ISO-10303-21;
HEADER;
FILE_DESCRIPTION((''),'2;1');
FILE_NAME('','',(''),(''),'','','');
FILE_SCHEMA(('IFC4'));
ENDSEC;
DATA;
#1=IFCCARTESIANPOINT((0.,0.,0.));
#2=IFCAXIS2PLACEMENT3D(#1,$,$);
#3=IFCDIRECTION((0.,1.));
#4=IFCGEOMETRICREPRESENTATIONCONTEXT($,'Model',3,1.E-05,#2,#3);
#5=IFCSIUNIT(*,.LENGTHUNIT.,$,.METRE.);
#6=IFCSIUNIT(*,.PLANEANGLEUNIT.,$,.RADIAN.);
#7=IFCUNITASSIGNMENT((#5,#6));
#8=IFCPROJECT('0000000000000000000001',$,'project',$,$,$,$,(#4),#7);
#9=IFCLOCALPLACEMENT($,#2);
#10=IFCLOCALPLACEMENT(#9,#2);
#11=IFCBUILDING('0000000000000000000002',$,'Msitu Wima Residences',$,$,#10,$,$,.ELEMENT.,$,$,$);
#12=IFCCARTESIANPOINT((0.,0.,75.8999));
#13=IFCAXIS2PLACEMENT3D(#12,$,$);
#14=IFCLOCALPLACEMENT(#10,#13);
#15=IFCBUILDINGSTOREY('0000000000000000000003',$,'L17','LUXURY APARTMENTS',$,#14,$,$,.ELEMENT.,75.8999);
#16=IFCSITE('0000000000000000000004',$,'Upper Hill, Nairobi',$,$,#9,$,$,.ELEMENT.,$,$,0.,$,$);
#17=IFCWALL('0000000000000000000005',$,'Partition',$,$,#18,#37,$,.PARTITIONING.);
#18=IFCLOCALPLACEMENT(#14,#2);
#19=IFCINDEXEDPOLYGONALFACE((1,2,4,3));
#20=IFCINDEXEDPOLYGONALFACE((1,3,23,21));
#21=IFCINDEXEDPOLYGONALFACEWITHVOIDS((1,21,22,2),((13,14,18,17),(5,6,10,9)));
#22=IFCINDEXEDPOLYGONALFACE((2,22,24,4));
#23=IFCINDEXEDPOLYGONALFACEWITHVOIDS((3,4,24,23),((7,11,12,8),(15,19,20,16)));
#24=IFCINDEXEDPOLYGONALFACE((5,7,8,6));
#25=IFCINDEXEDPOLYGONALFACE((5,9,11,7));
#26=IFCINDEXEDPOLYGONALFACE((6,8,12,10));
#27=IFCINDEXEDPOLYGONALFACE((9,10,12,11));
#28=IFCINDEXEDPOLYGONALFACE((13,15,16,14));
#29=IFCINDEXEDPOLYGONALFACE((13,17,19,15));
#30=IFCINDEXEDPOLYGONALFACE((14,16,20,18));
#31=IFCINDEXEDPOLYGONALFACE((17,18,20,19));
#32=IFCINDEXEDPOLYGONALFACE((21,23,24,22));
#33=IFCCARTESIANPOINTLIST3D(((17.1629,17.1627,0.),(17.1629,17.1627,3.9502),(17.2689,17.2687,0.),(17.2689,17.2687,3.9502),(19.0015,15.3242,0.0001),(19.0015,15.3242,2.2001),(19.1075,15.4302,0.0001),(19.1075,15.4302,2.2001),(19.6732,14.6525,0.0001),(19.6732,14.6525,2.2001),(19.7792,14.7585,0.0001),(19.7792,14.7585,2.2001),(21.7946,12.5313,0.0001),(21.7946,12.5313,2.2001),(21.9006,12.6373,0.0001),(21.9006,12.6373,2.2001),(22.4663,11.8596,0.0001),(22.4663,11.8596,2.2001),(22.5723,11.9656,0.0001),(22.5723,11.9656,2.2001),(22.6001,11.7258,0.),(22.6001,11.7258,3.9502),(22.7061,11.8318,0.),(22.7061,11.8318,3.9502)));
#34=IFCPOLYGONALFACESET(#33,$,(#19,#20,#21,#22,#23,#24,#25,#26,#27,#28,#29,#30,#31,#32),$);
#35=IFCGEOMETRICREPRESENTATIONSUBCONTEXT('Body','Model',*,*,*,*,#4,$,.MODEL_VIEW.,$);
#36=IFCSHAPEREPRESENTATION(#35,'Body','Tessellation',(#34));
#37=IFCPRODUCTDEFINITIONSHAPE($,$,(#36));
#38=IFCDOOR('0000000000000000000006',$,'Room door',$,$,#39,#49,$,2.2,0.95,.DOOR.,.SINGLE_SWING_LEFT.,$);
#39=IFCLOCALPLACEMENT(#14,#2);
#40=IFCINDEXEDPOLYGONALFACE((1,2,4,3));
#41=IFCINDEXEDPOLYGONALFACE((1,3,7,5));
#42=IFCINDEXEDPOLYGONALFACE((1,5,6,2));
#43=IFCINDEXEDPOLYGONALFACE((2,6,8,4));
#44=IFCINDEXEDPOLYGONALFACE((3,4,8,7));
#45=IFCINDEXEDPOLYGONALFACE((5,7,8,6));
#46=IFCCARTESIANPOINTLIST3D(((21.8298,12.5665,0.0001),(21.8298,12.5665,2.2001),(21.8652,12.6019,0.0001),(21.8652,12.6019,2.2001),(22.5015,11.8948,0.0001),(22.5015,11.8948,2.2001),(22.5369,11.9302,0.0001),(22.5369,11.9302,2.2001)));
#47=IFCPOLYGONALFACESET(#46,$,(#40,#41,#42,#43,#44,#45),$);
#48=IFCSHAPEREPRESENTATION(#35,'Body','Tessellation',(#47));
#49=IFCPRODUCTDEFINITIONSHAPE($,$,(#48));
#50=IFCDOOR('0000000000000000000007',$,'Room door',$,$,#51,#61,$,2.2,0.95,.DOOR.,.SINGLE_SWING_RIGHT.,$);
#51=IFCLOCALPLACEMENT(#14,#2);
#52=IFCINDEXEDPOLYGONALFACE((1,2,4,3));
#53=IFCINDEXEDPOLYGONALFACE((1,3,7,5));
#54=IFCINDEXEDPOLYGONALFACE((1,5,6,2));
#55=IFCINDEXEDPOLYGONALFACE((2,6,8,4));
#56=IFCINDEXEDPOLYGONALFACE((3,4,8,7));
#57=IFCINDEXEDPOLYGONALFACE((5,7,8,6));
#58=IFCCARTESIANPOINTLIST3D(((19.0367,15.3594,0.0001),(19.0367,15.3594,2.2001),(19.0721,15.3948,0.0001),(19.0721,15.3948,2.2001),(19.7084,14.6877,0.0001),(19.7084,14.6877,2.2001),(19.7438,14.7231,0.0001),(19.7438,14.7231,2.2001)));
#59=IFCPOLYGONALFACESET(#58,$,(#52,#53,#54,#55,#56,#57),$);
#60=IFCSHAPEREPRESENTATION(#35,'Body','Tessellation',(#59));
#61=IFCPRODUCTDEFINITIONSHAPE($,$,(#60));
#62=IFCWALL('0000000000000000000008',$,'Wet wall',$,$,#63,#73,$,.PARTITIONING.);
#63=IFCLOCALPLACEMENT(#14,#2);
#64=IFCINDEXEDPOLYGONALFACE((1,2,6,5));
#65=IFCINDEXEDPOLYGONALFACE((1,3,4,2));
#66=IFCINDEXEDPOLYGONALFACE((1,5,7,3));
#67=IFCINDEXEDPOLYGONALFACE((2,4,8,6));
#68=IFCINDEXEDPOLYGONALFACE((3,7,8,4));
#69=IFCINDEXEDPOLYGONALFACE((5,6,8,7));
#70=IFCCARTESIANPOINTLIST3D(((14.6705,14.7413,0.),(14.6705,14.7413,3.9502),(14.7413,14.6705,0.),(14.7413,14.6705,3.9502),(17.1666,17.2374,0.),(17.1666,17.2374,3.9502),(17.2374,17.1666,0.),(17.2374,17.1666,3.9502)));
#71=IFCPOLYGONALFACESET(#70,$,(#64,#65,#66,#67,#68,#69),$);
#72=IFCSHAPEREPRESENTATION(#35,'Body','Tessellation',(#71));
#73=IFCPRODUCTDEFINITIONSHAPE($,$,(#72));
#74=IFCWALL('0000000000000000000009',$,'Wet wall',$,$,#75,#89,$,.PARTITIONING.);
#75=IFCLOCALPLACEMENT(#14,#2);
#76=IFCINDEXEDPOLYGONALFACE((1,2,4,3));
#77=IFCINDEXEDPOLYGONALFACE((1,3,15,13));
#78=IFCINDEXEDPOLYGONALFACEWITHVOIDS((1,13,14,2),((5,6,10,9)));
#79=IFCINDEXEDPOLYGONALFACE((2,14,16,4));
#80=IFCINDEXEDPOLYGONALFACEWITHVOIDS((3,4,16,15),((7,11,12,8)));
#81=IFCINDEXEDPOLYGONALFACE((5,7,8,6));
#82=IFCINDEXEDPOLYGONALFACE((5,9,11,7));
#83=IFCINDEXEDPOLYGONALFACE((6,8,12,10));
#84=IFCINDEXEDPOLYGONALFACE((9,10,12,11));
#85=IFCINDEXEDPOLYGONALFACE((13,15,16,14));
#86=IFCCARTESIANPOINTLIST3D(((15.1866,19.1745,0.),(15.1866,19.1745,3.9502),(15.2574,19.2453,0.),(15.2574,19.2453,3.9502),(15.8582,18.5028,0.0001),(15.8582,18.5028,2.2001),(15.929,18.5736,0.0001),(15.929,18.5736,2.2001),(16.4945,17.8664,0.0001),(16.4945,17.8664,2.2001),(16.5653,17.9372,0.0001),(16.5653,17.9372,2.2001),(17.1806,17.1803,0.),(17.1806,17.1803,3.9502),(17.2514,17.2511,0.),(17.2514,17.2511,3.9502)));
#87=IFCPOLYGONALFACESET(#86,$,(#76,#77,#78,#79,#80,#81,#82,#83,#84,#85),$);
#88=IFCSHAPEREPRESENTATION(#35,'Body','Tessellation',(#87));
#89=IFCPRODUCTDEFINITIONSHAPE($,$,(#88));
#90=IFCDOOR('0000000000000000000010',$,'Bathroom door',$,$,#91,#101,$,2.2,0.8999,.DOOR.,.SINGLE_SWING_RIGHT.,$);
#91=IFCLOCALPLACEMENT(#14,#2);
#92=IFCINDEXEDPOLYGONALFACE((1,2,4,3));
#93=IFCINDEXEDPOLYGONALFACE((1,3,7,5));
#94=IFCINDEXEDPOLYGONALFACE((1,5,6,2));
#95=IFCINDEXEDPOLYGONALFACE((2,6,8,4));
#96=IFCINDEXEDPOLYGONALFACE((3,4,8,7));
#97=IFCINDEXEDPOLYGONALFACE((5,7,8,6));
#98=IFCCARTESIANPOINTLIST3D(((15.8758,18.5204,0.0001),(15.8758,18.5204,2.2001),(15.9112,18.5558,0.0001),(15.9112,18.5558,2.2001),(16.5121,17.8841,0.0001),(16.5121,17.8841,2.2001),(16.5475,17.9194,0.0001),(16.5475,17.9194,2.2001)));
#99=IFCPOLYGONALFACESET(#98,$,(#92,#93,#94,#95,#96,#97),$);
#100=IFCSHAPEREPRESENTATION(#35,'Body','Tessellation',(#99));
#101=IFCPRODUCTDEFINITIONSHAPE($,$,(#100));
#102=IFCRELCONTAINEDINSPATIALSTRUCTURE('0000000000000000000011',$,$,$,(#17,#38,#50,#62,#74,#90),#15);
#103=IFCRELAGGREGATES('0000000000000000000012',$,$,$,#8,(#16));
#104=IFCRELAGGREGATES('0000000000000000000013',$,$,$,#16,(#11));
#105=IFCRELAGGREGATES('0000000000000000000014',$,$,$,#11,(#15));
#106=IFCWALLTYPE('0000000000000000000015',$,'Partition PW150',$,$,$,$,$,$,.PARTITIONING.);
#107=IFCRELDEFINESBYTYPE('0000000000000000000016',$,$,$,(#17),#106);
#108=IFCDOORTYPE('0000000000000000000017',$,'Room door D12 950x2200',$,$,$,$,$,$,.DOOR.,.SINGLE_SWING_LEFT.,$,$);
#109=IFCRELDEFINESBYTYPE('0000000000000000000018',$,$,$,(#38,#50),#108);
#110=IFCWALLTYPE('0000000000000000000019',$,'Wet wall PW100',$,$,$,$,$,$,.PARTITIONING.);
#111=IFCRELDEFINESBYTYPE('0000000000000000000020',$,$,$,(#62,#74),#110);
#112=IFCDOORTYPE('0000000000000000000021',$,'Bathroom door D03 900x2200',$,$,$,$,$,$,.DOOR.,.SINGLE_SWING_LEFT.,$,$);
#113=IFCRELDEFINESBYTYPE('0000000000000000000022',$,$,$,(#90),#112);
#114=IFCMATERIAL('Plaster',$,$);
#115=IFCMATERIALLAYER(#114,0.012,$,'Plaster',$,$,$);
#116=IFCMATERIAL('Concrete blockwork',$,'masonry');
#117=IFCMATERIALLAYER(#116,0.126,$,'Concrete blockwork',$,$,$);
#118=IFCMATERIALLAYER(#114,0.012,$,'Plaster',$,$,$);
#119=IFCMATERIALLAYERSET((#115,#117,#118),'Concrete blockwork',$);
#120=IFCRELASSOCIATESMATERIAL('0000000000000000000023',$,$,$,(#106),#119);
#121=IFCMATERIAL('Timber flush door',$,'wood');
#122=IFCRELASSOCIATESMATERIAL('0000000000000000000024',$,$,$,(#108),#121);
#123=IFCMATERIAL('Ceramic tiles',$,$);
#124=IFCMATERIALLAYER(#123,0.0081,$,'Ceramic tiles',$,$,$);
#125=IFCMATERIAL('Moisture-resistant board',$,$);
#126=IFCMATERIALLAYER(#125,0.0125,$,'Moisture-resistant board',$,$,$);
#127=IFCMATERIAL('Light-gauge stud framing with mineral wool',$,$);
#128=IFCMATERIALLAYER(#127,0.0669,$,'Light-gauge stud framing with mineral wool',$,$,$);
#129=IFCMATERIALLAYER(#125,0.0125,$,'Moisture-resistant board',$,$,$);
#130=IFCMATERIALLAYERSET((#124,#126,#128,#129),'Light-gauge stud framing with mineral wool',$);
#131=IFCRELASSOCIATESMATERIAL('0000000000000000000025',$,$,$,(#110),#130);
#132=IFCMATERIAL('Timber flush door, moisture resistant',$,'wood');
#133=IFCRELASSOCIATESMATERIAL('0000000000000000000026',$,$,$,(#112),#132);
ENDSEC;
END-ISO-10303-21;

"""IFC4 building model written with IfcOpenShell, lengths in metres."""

from ifc_helpers import new_model, si_unit, direction, frame, frame_2d, origin, place, context, subcontext, project, spatial, rectangle, extrude, material, layer, layer_set, type_object, element, fill, save


model = new_model("IFC4")

# Units and contexts
model_context = context("Model", 3, precision=1e-05, world=origin(), true_north=direction((0.0, 1.0)))
body_context = subcontext(model_context, "Body", "Model", "MODEL_VIEW")
ifc_project = project(units=[si_unit("LENGTHUNIT", "METRE"), si_unit("PLANEANGLEUNIT", "RADIAN")], contexts=[model_context])

# Site, building, storey
site_placement = place(None, origin())
site = spatial("IfcSite", under=ifc_project, at=site_placement, Name="Upper Hill, Nairobi", CompositionType="ELEMENT", RefElevation=0.0)
building_placement = place(site_placement, origin())
building = spatial("IfcBuilding", under=site, at=building_placement, Name="Msitu Wima Residences", CompositionType="ELEMENT")
storey_placement = place(building_placement, frame((0.0, 0.0, 75.8999)))
storey = spatial("IfcBuildingStorey", under=building, at=storey_placement, Name="L17", Description="LUXURY APARTMENTS", CompositionType="ELEMENT", Elevation=75.8999)

# Shared definitions
ifc_material_1 = material(Name="Plaster")
ifc_layer_1 = layer(ifc_material_1, 0.012, Name="Plaster")
ifc_material_2 = material(Name="Concrete blockwork", Category="masonry")
ifc_layer_2 = layer(ifc_material_2, 0.126, Name="Concrete blockwork")
ifc_layer_3 = layer(ifc_material_1, 0.012, Name="Plaster")
ifc_layer_set_1 = layer_set([ifc_layer_1, ifc_layer_2, ifc_layer_3], Name="Concrete blockwork")
wall_type_1 = type_object("IfcWallType", Name="Partition PW150", PredefinedType="PARTITIONING", material=ifc_layer_set_1)
ifc_material_3 = material(Name="Timber flush door", Category="wood")
door_type_1 = type_object("IfcDoorType", Name="Room door D12 950x2200", OperationType="SINGLE_SWING_LEFT", PredefinedType="DOOR", material=ifc_material_3)

# Wall, openings, doors
wall_1_placement = place(storey_placement, frame((17.2158, 17.2158, 0.0), z_axis=(0.0, 0.0, 1.0), x_axis=(0.707123, -0.707091, 0.0)))
wall_1 = element("IfcWall", 1, at=wall_1_placement, inside=storey, type_object=wall_type_1, Name="Partition", PredefinedType="PARTITIONING", context=body_context, shape_type="SweptSolid", body=[
    extrude(rectangle(XDim=7.6892, YDim=0.1499, at=frame_2d((3.8447, 0.0))), origin(), (0.0, 0.0, 1.0), 3.9502),
])
opening_1_placement = place(wall_1_placement, frame((6.55, 0.0, 0.0)))
opening_1 = element("IfcOpeningElement", 2, at=opening_1_placement, cuts=wall_1, PredefinedType="OPENING", context=body_context, shape_type="SweptSolid", body=[
    extrude(rectangle(XDim=0.95, YDim=2.2, at=frame_2d((0.4751, 1.1001))), frame((0.0, 0.085, 0.0), z_axis=(0.0, -1.0, 0.0), x_axis=(1.0, 0.0, 0.0)), (0.0, 0.0, 1.0), 0.1699),
])
opening_2_placement = place(wall_1_placement, frame((2.6001, 0.0, 0.0)))
opening_2 = element("IfcOpeningElement", 3, at=opening_2_placement, cuts=wall_1, PredefinedType="OPENING", context=body_context, shape_type="SweptSolid", body=[
    extrude(rectangle(XDim=0.95, YDim=2.2, at=frame_2d((0.4751, 1.1001))), frame((0.0, 0.085, 0.0), z_axis=(0.0, -1.0, 0.0), x_axis=(1.0, 0.0, 0.0)), (0.0, 0.0, 1.0), 0.1699),
])
door_1_placement = place(opening_1_placement, origin())
door_1 = element("IfcDoor", 4, at=door_1_placement, inside=storey, type_object=door_type_1, Name="Room door", OperationType="SINGLE_SWING_LEFT", OverallHeight=2.2, OverallWidth=0.95, PredefinedType="DOOR", context=body_context, shape_type="SweptSolid", body=[
    extrude(rectangle(XDim=0.95, YDim=2.2, at=frame_2d((0.4751, 1.1001))), frame((0.0, 0.0249, 0.0), z_axis=(0.0, -1.0, 0.0), x_axis=(1.0, 0.0, 0.0)), (0.0, 0.0, 1.0), 0.05),
])
fill(opening_1, door_1)
door_2_placement = place(opening_2_placement, origin())
door_2 = element("IfcDoor", 5, at=door_2_placement, inside=storey, type_object=door_type_1, Name="Room door", OperationType="SINGLE_SWING_RIGHT", OverallHeight=2.2, OverallWidth=0.95, PredefinedType="DOOR", context=body_context, shape_type="SweptSolid", body=[
    extrude(rectangle(XDim=0.95, YDim=2.2, at=frame_2d((0.4751, 1.1001))), frame((0.0, 0.0249, 0.0), z_axis=(0.0, -1.0, 0.0), x_axis=(1.0, 0.0, 0.0)), (0.0, 0.0, 1.0), 0.05),
])
fill(opening_2, door_2)

# Wall
ifc_material_4 = material(Name="Ceramic tiles")
ifc_layer_4 = layer(ifc_material_4, 0.0081, Name="Ceramic tiles")
ifc_material_5 = material(Name="Moisture-resistant board")
ifc_layer_5 = layer(ifc_material_5, 0.0125, Name="Moisture-resistant board")
ifc_material_6 = material(Name="Light-gauge stud framing with mineral wool")
ifc_layer_6 = layer(ifc_material_6, 0.0669, Name="Light-gauge stud framing with mineral wool")
ifc_layer_7 = layer(ifc_material_5, 0.0125, Name="Moisture-resistant board")
ifc_layer_set_2 = layer_set([ifc_layer_4, ifc_layer_5, ifc_layer_6, ifc_layer_7], Name="Light-gauge stud framing with mineral wool")
wall_type_2 = type_object("IfcWallType", Name="Wet wall PW100", PredefinedType="PARTITIONING", material=ifc_layer_set_2)
wall_2_placement = place(storey_placement, frame((14.7058, 14.7058, 0.0), z_axis=(0.0, 0.0, 1.0), x_axis=(0.707107, 0.707107, 0.0)))
element("IfcWall", 6, at=wall_2_placement, inside=storey, type_object=wall_type_2, Name="Wet wall", PredefinedType="PARTITIONING", context=body_context, shape_type="SweptSolid", body=[
    extrude(rectangle(XDim=3.53, YDim=0.1001, at=frame_2d((1.7651, 0.0))), origin(), (0.0, 0.0, 1.0), 3.9502),
])

# Wall, opening, door
wall_3_placement = place(storey_placement, frame((15.2219, 19.21, 0.0), z_axis=(0.0, 0.0, 1.0), x_axis=(0.707063, -0.70715, 0.0)))
wall_3 = element("IfcWall", 7, at=wall_3_placement, inside=storey, type_object=wall_type_2, Name="Wet wall", PredefinedType="PARTITIONING", context=body_context, shape_type="SweptSolid", body=[
    extrude(rectangle(XDim=2.8201, YDim=0.1001, at=frame_2d((1.4102, 0.0))), origin(), (0.0, 0.0, 1.0), 3.9502),
])
opening_3_placement = place(wall_3_placement, frame((0.95, 0.0, 0.0)))
opening_3 = element("IfcOpeningElement", 8, at=opening_3_placement, cuts=wall_3, PredefinedType="OPENING", context=body_context, shape_type="SweptSolid", body=[
    extrude(rectangle(XDim=0.8999, YDim=2.2, at=frame_2d((0.45, 1.1001))), frame((0.0, 0.0601, 0.0), z_axis=(0.0, -1.0, 0.0), x_axis=(1.0, 0.0, 0.0)), (0.0, 0.0, 1.0), 0.1201),
])
ifc_material_7 = material(Name="Timber flush door, moisture resistant", Category="wood")
door_type_2 = type_object("IfcDoorType", Name="Bathroom door D03 900x2200", OperationType="SINGLE_SWING_LEFT", PredefinedType="DOOR", material=ifc_material_7)
door_3_placement = place(opening_3_placement, origin())
door_3 = element("IfcDoor", 9, at=door_3_placement, inside=storey, type_object=door_type_2, Name="Bathroom door", OperationType="SINGLE_SWING_RIGHT", OverallHeight=2.2, OverallWidth=0.8999, PredefinedType="DOOR", context=body_context, shape_type="SweptSolid", body=[
    extrude(rectangle(XDim=0.8999, YDim=2.2, at=frame_2d((0.45, 1.1001))), frame((0.0, 0.0249, 0.0), z_axis=(0.0, -1.0, 0.0), x_axis=(1.0, 0.0, 0.0)), (0.0, 0.0, 1.0), 0.05),
])
fill(opening_3, door_3)

save(model, "model.ifc")
